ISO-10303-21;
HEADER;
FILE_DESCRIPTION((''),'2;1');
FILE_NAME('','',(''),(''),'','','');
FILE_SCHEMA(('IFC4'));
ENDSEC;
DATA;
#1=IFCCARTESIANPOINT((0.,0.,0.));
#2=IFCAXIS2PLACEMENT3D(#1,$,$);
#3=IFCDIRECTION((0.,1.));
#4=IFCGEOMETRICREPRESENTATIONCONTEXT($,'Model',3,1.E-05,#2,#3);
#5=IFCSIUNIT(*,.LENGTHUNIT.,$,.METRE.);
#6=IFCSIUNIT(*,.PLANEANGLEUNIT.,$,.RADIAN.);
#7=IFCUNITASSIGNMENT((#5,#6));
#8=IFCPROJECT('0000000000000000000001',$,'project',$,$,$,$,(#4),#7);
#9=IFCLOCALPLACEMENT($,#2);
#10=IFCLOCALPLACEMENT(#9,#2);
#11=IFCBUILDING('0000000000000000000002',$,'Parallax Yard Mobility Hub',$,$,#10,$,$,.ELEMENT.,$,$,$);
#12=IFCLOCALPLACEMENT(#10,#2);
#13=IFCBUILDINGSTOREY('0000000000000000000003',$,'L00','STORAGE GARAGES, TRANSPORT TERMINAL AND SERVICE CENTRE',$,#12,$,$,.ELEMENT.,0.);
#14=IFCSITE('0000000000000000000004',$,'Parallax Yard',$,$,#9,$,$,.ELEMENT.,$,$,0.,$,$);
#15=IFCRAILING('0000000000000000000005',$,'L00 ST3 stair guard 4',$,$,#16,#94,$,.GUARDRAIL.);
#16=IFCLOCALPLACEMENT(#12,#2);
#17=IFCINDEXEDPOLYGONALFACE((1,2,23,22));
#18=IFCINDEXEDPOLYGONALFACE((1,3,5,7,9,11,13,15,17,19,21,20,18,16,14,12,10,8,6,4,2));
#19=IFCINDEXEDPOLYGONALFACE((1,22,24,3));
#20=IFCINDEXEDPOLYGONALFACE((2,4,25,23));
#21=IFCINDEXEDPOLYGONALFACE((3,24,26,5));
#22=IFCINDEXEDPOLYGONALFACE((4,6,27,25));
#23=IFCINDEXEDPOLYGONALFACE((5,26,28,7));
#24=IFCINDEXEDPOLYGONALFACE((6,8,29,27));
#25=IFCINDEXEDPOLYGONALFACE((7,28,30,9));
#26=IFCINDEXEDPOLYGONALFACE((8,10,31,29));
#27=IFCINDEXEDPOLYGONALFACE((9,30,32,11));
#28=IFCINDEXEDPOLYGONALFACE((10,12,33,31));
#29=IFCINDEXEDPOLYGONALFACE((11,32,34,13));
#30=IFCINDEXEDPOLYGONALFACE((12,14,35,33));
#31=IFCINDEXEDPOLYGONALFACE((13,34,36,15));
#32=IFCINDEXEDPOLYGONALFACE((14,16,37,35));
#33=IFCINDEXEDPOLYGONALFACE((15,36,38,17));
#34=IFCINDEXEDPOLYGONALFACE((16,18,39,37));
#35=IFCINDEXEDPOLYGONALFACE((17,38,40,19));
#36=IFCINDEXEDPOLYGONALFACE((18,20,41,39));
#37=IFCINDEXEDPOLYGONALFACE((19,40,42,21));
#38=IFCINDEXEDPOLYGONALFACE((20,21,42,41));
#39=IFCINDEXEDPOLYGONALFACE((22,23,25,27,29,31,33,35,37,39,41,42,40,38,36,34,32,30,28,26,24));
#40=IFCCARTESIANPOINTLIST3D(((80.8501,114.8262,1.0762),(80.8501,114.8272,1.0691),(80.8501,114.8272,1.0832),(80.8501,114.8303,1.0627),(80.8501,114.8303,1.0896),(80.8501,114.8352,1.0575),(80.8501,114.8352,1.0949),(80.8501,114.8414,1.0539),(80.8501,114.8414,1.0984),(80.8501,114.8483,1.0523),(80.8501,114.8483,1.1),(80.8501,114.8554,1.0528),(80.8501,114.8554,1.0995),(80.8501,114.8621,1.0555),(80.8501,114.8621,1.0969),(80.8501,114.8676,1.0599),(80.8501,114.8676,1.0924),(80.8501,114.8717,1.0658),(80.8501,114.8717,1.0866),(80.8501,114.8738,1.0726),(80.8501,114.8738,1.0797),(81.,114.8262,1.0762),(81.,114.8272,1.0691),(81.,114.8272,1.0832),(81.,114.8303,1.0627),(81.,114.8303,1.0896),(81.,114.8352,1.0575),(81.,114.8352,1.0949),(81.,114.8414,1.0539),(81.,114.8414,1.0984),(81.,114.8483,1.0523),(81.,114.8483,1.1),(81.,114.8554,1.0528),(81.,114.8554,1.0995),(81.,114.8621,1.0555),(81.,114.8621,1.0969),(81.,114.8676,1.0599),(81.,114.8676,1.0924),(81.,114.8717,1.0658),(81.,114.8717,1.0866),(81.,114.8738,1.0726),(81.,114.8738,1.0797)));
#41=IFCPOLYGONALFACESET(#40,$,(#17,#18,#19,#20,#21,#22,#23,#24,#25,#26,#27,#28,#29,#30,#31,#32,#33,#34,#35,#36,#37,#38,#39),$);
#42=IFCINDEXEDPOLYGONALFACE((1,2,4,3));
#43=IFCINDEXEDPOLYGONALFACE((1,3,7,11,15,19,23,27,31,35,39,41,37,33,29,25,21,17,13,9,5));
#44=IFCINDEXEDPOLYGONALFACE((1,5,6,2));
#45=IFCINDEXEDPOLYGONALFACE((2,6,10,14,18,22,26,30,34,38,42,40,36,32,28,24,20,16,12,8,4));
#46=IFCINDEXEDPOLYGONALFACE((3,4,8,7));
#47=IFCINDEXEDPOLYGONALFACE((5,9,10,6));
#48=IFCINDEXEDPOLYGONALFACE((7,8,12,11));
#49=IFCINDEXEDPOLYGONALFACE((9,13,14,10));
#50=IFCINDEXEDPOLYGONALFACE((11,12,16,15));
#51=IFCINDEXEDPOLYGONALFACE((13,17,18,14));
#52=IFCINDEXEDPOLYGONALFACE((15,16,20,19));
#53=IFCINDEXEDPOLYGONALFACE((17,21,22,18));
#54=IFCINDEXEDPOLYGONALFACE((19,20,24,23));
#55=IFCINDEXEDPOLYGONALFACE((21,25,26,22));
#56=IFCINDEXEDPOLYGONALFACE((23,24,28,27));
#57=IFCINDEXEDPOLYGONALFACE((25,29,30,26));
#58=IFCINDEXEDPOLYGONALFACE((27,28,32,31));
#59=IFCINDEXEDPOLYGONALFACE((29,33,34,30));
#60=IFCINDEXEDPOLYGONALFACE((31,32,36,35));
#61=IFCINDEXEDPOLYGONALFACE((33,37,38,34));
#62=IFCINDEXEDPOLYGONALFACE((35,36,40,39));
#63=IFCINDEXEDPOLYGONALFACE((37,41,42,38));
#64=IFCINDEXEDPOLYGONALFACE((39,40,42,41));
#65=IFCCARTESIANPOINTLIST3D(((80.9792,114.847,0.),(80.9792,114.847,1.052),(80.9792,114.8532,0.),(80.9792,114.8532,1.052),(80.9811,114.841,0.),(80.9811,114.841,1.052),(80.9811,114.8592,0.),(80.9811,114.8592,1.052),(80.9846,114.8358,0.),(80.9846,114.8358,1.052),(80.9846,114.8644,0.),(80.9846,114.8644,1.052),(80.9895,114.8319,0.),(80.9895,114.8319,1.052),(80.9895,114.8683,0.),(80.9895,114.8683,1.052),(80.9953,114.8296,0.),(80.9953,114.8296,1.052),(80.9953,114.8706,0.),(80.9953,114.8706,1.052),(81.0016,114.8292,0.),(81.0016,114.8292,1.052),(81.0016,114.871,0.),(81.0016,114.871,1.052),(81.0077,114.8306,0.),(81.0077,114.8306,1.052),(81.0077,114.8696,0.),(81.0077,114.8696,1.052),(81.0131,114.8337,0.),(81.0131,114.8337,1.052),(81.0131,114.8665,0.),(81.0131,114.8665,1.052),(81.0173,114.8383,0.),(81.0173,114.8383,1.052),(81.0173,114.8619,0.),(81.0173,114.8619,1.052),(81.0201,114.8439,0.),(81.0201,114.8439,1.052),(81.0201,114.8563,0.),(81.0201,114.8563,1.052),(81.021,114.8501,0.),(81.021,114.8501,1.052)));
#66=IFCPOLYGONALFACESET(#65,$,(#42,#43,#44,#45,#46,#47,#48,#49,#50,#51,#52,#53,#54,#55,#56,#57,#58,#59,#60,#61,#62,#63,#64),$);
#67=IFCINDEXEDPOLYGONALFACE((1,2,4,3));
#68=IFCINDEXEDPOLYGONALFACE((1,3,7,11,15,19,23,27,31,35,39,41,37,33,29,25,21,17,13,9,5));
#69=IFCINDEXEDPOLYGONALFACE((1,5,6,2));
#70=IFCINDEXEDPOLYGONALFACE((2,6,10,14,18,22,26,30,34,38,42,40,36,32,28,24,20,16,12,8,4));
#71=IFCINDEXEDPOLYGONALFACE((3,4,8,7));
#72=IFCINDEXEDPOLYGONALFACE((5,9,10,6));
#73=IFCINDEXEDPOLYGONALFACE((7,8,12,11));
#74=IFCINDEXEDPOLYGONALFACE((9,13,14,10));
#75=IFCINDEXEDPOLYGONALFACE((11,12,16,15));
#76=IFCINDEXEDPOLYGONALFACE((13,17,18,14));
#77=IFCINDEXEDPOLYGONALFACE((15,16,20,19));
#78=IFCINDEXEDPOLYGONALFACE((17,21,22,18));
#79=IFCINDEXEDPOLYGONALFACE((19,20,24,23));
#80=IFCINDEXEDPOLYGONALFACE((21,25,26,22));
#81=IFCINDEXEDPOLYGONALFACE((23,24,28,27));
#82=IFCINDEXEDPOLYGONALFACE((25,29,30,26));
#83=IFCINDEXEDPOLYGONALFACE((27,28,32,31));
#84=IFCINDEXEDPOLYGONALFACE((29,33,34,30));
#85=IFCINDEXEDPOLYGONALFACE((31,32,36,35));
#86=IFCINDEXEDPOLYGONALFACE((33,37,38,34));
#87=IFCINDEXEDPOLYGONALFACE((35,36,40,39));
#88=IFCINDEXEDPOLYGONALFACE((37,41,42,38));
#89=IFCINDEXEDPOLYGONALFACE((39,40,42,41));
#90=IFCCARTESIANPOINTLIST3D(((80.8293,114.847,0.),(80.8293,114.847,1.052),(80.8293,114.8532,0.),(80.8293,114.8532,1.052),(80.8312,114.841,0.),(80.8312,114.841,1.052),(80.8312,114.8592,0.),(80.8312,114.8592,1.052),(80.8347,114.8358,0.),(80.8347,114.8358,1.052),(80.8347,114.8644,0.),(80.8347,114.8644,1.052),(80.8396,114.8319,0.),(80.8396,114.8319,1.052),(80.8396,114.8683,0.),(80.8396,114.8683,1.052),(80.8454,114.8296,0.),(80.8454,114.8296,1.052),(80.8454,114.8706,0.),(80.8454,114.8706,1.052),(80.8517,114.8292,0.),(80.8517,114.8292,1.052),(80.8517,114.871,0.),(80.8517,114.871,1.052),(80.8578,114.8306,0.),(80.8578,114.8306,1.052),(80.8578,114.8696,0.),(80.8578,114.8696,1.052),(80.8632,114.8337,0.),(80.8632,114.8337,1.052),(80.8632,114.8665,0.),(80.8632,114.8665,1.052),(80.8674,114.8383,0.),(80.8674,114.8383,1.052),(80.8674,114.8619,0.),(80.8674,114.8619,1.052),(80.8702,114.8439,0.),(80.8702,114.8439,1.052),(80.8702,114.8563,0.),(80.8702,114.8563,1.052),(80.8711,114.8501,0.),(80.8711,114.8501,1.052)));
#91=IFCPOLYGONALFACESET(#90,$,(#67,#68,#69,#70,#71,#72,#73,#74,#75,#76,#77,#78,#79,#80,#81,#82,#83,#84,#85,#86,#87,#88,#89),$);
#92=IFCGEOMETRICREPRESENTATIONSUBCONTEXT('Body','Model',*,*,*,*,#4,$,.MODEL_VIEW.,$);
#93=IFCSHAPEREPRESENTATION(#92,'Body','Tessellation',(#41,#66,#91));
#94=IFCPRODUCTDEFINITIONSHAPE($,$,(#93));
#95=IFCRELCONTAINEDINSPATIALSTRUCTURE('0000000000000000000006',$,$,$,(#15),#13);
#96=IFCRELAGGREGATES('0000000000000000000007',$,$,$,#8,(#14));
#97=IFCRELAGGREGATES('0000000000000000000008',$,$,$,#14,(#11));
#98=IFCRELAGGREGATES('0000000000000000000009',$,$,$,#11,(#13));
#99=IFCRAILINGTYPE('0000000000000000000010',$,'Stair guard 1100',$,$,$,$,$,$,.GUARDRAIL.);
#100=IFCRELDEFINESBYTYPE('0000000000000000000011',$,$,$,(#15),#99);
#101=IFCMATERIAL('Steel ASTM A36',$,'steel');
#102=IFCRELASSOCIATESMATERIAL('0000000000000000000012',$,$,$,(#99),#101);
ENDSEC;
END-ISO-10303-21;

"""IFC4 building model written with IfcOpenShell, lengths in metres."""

from ifc_helpers import new_model, si_unit, direction, frame, origin, origin_2d, place, context, subcontext, project, spatial, circle, extrude, material, type_object, element, save


model = new_model("IFC4")

# Units and contexts
model_context = context("Model", 3, precision=1e-05, world=origin(), true_north=direction((0.0, 1.0)))
body_context = subcontext(model_context, "Body", "Model", "MODEL_VIEW")
ifc_project = project(units=[si_unit("LENGTHUNIT", "METRE"), si_unit("PLANEANGLEUNIT", "RADIAN")], contexts=[model_context])

# Site, building, storey
site_placement = place(None, origin())
site = spatial("IfcSite", under=ifc_project, at=site_placement, Name="Parallax Yard", CompositionType="ELEMENT", RefElevation=0.0)
building_placement = place(site_placement, origin())
building = spatial("IfcBuilding", under=site, at=building_placement, Name="Parallax Yard Mobility Hub", CompositionType="ELEMENT")
storey_placement = place(building_placement, origin())
storey = spatial("IfcBuildingStorey", under=building, at=storey_placement, Name="L00", Description="STORAGE GARAGES, TRANSPORT TERMINAL AND SERVICE CENTRE", CompositionType="ELEMENT", Elevation=0.0)

# Railing
ifc_material_1 = material(Name="Steel ASTM A36", Category="steel")
railing_type_1 = type_object("IfcRailingType", Name="Stair guard 1100", PredefinedType="GUARDRAIL", material=ifc_material_1)
railing_1_placement = place(storey_placement, frame((81.0, 114.8501, 0.0)))
element("IfcRailing", 1, at=railing_1_placement, inside=storey, type_object=railing_type_1, Name="L00 ST3 stair guard 4", PredefinedType="GUARDRAIL", context=body_context, shape_type="SweptSolid", body=[
    extrude(circle(Radius=0.0239, at=origin_2d()), frame((0.0, 0.0, 1.0762), z_axis=(-1.0, 0.0, 0.0), x_axis=(0.0, -1.0, 0.0)), (0.0, 0.0, 1.0), 0.1499),
    extrude(circle(Radius=0.021, at=origin_2d()), origin(), (0.0, 0.0, 1.0), 1.052),
    extrude(circle(Radius=0.021, at=origin_2d()), frame((-0.1499, 0.0, 0.0)), (0.0, 0.0, 1.0), 1.052),
])

save(model, "model.ifc")
